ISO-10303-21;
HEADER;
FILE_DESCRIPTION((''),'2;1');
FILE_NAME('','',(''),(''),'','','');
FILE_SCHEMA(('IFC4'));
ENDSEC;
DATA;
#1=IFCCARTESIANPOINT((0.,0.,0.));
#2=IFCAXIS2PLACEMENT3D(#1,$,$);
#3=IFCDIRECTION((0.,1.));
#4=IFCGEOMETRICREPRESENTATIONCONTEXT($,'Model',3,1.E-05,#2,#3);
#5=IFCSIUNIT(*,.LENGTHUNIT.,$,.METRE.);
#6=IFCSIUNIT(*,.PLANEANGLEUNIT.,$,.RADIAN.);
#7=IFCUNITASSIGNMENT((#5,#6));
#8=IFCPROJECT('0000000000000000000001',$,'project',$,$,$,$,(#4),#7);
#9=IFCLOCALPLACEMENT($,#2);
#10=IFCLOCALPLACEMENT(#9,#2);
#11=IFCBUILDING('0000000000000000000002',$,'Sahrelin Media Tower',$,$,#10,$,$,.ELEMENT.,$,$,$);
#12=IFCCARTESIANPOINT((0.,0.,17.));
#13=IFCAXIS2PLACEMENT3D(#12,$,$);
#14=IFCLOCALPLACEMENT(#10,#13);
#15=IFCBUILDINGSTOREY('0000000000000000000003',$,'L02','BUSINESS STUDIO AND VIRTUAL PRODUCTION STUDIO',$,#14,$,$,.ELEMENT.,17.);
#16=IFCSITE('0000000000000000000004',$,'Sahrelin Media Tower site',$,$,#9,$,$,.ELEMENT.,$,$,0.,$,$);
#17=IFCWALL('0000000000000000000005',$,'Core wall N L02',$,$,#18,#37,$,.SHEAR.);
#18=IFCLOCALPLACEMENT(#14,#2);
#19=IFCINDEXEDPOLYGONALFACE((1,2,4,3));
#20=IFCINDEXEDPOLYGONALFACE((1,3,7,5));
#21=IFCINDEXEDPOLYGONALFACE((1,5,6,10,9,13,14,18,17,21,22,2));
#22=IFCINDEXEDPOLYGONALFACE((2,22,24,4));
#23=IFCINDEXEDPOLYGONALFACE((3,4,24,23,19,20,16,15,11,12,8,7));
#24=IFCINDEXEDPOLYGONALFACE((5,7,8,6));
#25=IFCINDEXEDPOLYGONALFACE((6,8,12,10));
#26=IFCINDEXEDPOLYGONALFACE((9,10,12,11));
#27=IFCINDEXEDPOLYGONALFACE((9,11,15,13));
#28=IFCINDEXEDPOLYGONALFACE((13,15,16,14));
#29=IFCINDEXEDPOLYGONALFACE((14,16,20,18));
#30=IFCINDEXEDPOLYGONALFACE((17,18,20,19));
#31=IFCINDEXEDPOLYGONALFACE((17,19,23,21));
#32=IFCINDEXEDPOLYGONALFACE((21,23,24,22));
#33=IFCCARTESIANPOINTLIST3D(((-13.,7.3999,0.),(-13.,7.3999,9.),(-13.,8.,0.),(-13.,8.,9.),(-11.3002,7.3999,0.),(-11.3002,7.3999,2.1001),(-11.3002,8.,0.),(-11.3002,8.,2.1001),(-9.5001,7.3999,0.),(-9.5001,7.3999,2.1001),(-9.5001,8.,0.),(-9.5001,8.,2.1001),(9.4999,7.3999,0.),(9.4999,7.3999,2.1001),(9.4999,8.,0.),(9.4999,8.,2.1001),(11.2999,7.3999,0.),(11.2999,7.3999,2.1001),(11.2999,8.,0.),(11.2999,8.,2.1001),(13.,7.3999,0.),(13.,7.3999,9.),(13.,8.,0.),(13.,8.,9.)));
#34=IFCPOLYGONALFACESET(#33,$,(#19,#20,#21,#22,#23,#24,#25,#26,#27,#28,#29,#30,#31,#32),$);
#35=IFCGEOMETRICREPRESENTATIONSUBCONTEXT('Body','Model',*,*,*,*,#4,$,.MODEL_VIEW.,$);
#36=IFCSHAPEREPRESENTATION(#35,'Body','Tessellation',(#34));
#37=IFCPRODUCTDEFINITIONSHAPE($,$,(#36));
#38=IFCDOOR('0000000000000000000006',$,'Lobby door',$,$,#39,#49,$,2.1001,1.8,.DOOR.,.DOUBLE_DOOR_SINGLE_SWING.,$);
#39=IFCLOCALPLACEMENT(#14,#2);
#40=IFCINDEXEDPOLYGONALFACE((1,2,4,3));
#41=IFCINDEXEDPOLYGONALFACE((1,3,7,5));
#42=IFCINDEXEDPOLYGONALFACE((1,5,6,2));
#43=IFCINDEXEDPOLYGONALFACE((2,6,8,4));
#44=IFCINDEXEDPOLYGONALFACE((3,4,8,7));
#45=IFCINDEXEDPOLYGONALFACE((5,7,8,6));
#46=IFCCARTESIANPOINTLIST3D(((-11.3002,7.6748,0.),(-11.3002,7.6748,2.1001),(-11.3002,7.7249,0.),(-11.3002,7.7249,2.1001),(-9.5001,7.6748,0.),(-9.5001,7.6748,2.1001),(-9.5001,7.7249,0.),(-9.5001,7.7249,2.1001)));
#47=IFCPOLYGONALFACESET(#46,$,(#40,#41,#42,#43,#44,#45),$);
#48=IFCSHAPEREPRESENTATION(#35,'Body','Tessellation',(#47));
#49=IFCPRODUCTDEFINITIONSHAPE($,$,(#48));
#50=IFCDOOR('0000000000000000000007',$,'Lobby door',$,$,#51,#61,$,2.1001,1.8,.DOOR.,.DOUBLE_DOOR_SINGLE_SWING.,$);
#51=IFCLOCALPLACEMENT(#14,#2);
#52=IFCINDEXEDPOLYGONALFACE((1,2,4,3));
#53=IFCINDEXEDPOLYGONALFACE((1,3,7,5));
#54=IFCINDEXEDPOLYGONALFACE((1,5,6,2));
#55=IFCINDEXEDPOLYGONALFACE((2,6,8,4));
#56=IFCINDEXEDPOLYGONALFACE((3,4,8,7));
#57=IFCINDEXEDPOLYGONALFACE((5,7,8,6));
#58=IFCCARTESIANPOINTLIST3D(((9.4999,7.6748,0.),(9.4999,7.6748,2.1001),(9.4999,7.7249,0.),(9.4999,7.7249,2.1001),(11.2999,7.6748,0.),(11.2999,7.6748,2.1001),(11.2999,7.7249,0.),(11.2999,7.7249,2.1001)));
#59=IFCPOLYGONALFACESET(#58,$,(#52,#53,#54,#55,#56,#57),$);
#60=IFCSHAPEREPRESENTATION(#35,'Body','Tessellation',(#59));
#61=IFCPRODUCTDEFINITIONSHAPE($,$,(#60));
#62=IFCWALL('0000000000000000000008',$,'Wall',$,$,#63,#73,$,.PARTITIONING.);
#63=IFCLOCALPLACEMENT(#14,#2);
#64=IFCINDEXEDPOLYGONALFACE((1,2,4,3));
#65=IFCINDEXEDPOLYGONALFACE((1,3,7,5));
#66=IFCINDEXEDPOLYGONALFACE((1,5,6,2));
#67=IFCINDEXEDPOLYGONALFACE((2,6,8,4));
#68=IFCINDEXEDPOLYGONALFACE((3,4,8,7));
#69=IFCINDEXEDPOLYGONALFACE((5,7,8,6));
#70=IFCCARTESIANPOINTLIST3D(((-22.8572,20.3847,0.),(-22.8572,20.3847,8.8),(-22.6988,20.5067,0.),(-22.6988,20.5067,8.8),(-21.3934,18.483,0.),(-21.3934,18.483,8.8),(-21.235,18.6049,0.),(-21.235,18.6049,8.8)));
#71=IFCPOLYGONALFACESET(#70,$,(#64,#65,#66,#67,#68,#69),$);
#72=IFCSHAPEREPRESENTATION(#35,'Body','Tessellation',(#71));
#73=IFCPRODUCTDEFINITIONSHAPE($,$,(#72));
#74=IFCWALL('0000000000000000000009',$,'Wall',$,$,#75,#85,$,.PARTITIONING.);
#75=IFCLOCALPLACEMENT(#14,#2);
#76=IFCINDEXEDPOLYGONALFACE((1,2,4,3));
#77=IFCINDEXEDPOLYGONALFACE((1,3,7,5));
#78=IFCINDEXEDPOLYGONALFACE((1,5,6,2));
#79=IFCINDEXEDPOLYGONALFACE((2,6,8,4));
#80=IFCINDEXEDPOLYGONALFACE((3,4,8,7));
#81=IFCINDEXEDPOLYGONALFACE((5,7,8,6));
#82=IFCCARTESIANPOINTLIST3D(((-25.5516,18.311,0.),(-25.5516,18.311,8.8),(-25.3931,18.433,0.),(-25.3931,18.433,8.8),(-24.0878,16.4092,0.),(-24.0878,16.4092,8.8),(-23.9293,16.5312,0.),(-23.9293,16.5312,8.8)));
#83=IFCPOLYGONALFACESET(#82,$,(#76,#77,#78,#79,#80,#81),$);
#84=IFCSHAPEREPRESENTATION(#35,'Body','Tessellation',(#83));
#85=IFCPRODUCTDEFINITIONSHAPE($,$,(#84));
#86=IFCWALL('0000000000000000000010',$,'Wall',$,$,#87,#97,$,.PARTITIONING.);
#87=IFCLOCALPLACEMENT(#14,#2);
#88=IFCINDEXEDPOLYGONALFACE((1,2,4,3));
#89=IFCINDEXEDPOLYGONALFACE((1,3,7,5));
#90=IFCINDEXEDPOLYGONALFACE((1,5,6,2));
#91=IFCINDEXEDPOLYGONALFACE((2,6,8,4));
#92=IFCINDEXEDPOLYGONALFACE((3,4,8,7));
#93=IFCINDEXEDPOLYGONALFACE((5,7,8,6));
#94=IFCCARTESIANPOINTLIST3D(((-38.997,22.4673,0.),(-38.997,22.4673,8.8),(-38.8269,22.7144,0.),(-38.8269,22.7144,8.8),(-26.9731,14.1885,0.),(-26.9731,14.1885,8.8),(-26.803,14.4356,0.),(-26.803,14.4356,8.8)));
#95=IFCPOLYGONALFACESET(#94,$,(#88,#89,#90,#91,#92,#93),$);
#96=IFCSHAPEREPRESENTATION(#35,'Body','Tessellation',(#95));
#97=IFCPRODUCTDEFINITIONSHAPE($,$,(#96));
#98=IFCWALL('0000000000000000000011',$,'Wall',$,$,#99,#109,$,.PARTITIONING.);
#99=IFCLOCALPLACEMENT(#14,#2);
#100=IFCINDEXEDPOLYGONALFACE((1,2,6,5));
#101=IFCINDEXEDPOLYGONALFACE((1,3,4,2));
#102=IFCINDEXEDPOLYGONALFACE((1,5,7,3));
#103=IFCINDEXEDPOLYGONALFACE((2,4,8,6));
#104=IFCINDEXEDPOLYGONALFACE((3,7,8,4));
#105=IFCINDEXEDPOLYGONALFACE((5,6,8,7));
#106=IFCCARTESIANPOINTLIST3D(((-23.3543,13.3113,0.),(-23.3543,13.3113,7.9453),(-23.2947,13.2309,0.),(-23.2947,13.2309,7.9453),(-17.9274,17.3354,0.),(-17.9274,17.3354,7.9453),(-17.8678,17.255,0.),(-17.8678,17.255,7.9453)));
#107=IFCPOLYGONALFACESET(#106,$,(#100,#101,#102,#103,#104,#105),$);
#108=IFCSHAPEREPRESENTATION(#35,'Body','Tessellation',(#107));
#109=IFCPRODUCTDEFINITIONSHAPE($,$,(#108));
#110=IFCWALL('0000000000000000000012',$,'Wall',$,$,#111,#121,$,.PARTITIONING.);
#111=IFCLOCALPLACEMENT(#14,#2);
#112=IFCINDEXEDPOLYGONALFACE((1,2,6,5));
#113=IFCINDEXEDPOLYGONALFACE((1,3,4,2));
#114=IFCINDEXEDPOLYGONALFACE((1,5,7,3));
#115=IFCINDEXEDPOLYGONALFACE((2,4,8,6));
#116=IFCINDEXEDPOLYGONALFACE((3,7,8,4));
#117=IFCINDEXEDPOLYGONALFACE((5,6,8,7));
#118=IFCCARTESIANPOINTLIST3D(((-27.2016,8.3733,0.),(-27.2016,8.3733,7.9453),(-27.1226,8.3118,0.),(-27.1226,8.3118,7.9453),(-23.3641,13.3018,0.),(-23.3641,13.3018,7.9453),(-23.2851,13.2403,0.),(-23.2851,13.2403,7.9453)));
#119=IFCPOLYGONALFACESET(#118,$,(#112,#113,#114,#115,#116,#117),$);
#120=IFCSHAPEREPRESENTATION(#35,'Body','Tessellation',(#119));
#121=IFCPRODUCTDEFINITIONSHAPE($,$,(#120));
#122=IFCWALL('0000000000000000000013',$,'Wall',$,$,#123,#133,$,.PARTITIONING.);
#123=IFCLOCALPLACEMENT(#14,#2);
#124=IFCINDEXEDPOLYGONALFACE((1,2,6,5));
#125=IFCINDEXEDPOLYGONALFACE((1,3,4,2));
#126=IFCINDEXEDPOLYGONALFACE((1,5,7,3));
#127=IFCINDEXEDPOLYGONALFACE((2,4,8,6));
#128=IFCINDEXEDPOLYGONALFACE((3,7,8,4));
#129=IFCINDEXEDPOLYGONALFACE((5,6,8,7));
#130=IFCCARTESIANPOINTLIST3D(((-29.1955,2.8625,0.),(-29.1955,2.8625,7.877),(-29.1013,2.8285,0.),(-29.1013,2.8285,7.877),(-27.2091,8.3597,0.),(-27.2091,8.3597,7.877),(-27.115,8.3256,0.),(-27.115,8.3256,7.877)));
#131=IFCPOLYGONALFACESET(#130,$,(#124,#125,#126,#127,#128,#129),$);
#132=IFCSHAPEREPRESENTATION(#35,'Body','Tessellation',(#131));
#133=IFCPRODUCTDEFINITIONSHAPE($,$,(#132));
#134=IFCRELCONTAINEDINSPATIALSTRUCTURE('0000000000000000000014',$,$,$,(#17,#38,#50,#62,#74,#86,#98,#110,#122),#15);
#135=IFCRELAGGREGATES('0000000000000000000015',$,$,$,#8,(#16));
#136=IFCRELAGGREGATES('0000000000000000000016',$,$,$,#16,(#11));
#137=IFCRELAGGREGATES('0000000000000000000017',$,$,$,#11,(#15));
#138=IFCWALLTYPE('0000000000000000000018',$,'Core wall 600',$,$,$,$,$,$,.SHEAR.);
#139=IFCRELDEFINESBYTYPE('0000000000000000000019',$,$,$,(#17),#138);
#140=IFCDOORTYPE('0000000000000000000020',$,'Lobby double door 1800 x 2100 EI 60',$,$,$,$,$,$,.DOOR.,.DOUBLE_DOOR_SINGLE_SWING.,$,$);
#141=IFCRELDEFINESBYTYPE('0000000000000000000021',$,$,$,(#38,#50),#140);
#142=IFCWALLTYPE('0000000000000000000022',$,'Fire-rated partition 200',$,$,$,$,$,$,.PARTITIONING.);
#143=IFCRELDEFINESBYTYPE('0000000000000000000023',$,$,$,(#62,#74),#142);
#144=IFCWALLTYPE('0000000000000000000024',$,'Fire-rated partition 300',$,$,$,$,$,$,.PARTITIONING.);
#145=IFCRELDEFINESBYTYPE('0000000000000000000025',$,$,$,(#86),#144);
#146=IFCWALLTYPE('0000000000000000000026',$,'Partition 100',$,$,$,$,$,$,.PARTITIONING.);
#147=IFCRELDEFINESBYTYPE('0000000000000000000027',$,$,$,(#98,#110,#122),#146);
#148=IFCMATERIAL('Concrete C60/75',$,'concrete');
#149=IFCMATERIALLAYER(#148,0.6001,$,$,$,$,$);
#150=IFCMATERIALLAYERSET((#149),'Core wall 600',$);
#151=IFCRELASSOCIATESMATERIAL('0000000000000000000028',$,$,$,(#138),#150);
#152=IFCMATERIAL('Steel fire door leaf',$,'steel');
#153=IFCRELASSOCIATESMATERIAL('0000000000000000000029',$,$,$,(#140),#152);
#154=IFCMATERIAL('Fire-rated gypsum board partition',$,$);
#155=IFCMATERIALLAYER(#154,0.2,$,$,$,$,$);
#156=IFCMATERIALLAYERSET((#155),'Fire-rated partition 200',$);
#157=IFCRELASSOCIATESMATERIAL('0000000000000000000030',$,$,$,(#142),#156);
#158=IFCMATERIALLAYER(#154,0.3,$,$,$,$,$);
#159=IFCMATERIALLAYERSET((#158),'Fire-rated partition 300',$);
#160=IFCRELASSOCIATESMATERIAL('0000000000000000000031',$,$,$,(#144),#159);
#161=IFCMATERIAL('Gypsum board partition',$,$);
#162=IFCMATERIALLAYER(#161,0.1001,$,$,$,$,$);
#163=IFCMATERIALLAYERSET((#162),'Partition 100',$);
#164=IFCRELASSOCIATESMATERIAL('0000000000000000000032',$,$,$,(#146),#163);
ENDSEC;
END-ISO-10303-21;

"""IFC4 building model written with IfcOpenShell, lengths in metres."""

from ifc_helpers import new_model, si_unit, direction, frame, frame_2d, origin, place, context, subcontext, project, spatial, rectangle, extrude, material, layer, layer_set, type_object, element, fill, save


model = new_model("IFC4")

# Units and contexts
model_context = context("Model", 3, precision=1e-05, world=origin(), true_north=direction((0.0, 1.0)))
body_context = subcontext(model_context, "Body", "Model", "MODEL_VIEW")
ifc_project = project(units=[si_unit("LENGTHUNIT", "METRE"), si_unit("PLANEANGLEUNIT", "RADIAN")], contexts=[model_context])

# Site, building, storey
site_placement = place(None, origin())
site = spatial("IfcSite", under=ifc_project, at=site_placement, Name="Sahrelin Media Tower site", CompositionType="ELEMENT", RefElevation=0.0)
building_placement = place(site_placement, origin())
building = spatial("IfcBuilding", under=site, at=building_placement, Name="Sahrelin Media Tower", CompositionType="ELEMENT")
storey_placement = place(building_placement, frame((0.0, 0.0, 17.0)))
storey = spatial("IfcBuildingStorey", under=building, at=storey_placement, Name="L02", Description="BUSINESS STUDIO AND VIRTUAL PRODUCTION STUDIO", CompositionType="ELEMENT", Elevation=17.0)

# Wall, openings, doors
ifc_material_1 = material(Name="Concrete C60/75", Category="concrete")
ifc_layer_1 = layer(ifc_material_1, 0.6001)
ifc_layer_set_1 = layer_set([ifc_layer_1], Name="Core wall 600")
wall_type_1 = type_object("IfcWallType", Name="Core wall 600", PredefinedType="SHEAR", material=ifc_layer_set_1)
wall_1_placement = place(storey_placement, frame((-13.0, 7.7, 0.0), z_axis=(0.0, 0.0, 1.0), x_axis=(1.0, 0.0, 0.0)))
wall_1 = element("IfcWall", 1, at=wall_1_placement, inside=storey, type_object=wall_type_1, Name="Core wall N L02", PredefinedType="SHEAR", context=body_context, shape_type="SweptSolid", body=[
    extrude(rectangle(XDim=26.0, YDim=0.6001, at=frame_2d((13.0, 0.0))), origin(), (0.0, 0.0, 1.0), 9.0),
])
opening_1_placement = place(wall_1_placement, frame((1.7, 0.0, 0.0)))
opening_1 = element("IfcOpeningElement", 2, at=opening_1_placement, cuts=wall_1, PredefinedType="OPENING", context=body_context, shape_type="SweptSolid", body=[
    extrude(rectangle(XDim=1.8, YDim=2.1001, at=frame_2d((0.8999, 1.05))), frame((0.0, 0.3, 0.0), z_axis=(0.0, -1.0, 0.0), x_axis=(1.0, 0.0, 0.0)), (0.0, 0.0, 1.0), 0.6001),
])
opening_2_placement = place(wall_1_placement, frame((22.5, 0.0, 0.0)))
opening_2 = element("IfcOpeningElement", 3, at=opening_2_placement, cuts=wall_1, PredefinedType="OPENING", context=body_context, shape_type="SweptSolid", body=[
    extrude(rectangle(XDim=1.8, YDim=2.1001, at=frame_2d((0.8999, 1.05))), frame((0.0, 0.3, 0.0), z_axis=(0.0, -1.0, 0.0), x_axis=(1.0, 0.0, 0.0)), (0.0, 0.0, 1.0), 0.6001),
])
ifc_material_2 = material(Name="Steel fire door leaf", Category="steel")
door_type_1 = type_object("IfcDoorType", Name="Lobby double door 1800 x 2100 EI 60", OperationType="DOUBLE_DOOR_SINGLE_SWING", PredefinedType="DOOR", material=ifc_material_2)
door_1_placement = place(opening_1_placement, origin())
door_1 = element("IfcDoor", 4, at=door_1_placement, inside=storey, type_object=door_type_1, Name="Lobby door", OperationType="DOUBLE_DOOR_SINGLE_SWING", OverallHeight=2.1001, OverallWidth=1.8, PredefinedType="DOOR", context=body_context, shape_type="SweptSolid", body=[
    extrude(rectangle(XDim=1.8, YDim=2.1001, at=frame_2d((0.8999, 1.05))), frame((0.0, 0.0249, 0.0), z_axis=(0.0, -1.0, 0.0), x_axis=(1.0, 0.0, 0.0)), (0.0, 0.0, 1.0), 0.05),
])
fill(opening_1, door_1)
door_2_placement = place(opening_2_placement, origin())
door_2 = element("IfcDoor", 5, at=door_2_placement, inside=storey, type_object=door_type_1, Name="Lobby door", OperationType="DOUBLE_DOOR_SINGLE_SWING", OverallHeight=2.1001, OverallWidth=1.8, PredefinedType="DOOR", context=body_context, shape_type="SweptSolid", body=[
    extrude(rectangle(XDim=1.8, YDim=2.1001, at=frame_2d((0.8999, 1.05))), frame((0.0, 0.0249, 0.0), z_axis=(0.0, -1.0, 0.0), x_axis=(1.0, 0.0, 0.0)), (0.0, 0.0, 1.0), 0.05),
])
fill(opening_2, door_2)

# Walls
ifc_material_3 = material(Name="Fire-rated gypsum board partition")
ifc_layer_2 = layer(ifc_material_3, 0.2)
ifc_layer_set_2 = layer_set([ifc_layer_2], Name="Fire-rated partition 200")
wall_type_2 = type_object("IfcWallType", Name="Fire-rated partition 200", PredefinedType="PARTITIONING", material=ifc_layer_set_2)
for number, where, z_axis, x_axis, name in (
    (6, (-21.3142, 18.5439, 0.0), (0.0, 0.0, 1.0), (-0.609947, 0.792442, 0.0), "Wall"),
    (7, (-24.0085, 16.4702, 0.0), (0.0, 0.0, 1.0), (-0.609947, 0.792442, 0.0), "Wall"),
):
    element("IfcWall", number, at=place(storey_placement, frame(where, z_axis=z_axis, x_axis=x_axis)), inside=storey, type_object=wall_type_2, Name=name, PredefinedType="PARTITIONING", context=body_context, shape_type="SweptSolid", body=[
        extrude(rectangle(XDim=2.3999, YDim=0.2, at=frame_2d((1.2, 0.0))), origin(), (0.0, 0.0, 1.0), 8.8),
    ])
ifc_layer_3 = layer(ifc_material_3, 0.3)
ifc_layer_set_3 = layer_set([ifc_layer_3], Name="Fire-rated partition 300")
wall_type_3 = type_object("IfcWallType", Name="Fire-rated partition 300", PredefinedType="PARTITIONING", material=ifc_layer_set_3)
wall_2_placement = place(storey_placement, frame((-26.8879, 14.312, 0.0), z_axis=(0.0, 0.0, 1.0), x_axis=(-0.823646, 0.567104, 0.0)))
element("IfcWall", 8, at=wall_2_placement, inside=storey, type_object=wall_type_3, Name="Wall", PredefinedType="PARTITIONING", context=body_context, shape_type="SweptSolid", body=[
    extrude(rectangle(XDim=14.5984, YDim=0.3, at=frame_2d((7.2993, 0.0))), origin(), (0.0, 0.0, 1.0), 8.8),
])
ifc_material_4 = material(Name="Gypsum board partition")
ifc_layer_4 = layer(ifc_material_4, 0.1001)
ifc_layer_set_4 = layer_set([ifc_layer_4], Name="Partition 100")
wall_type_4 = type_object("IfcWallType", Name="Partition 100", PredefinedType="PARTITIONING", material=ifc_layer_set_4)
wall_3_placement = place(storey_placement, frame((-17.8977, 17.2952, 0.0), z_axis=(0.0, 0.0, 1.0), x_axis=(-0.803262, -0.595626, 0.0)))
element("IfcWall", 9, at=wall_3_placement, inside=storey, type_object=wall_type_4, Name="Wall", PredefinedType="PARTITIONING", context=body_context, shape_type="SweptSolid", body=[
    extrude(rectangle(XDim=6.7561, YDim=0.1001, at=frame_2d((3.3779, 0.0))), origin(), (0.0, 0.0, 1.0), 7.9453),
])
wall_4_placement = place(storey_placement, frame((-23.3247, 13.271, 0.0), z_axis=(0.0, 0.0, 1.0), x_axis=(-0.614355, -0.78903, 0.0)))
element("IfcWall", 10, at=wall_4_placement, inside=storey, type_object=wall_type_4, Name="Wall", PredefinedType="PARTITIONING", context=body_context, shape_type="SweptSolid", body=[
    extrude(rectangle(XDim=6.2463, YDim=0.1001, at=frame_2d((3.123, 0.0))), origin(), (0.0, 0.0, 1.0), 7.9453),
])
wall_5_placement = place(storey_placement, frame((-27.1621, 8.3425, 0.0), z_axis=(0.0, 0.0, 1.0), x_axis=(-0.339837, -0.940484, 0.0)))
element("IfcWall", 11, at=wall_5_placement, inside=storey, type_object=wall_type_4, Name="Wall", PredefinedType="PARTITIONING", context=body_context, shape_type="SweptSolid", body=[
    extrude(rectangle(XDim=5.845, YDim=0.1001, at=frame_2d((2.9224, 0.0))), origin(), (0.0, 0.0, 1.0), 7.877),
])

save(model, "model.ifc")
